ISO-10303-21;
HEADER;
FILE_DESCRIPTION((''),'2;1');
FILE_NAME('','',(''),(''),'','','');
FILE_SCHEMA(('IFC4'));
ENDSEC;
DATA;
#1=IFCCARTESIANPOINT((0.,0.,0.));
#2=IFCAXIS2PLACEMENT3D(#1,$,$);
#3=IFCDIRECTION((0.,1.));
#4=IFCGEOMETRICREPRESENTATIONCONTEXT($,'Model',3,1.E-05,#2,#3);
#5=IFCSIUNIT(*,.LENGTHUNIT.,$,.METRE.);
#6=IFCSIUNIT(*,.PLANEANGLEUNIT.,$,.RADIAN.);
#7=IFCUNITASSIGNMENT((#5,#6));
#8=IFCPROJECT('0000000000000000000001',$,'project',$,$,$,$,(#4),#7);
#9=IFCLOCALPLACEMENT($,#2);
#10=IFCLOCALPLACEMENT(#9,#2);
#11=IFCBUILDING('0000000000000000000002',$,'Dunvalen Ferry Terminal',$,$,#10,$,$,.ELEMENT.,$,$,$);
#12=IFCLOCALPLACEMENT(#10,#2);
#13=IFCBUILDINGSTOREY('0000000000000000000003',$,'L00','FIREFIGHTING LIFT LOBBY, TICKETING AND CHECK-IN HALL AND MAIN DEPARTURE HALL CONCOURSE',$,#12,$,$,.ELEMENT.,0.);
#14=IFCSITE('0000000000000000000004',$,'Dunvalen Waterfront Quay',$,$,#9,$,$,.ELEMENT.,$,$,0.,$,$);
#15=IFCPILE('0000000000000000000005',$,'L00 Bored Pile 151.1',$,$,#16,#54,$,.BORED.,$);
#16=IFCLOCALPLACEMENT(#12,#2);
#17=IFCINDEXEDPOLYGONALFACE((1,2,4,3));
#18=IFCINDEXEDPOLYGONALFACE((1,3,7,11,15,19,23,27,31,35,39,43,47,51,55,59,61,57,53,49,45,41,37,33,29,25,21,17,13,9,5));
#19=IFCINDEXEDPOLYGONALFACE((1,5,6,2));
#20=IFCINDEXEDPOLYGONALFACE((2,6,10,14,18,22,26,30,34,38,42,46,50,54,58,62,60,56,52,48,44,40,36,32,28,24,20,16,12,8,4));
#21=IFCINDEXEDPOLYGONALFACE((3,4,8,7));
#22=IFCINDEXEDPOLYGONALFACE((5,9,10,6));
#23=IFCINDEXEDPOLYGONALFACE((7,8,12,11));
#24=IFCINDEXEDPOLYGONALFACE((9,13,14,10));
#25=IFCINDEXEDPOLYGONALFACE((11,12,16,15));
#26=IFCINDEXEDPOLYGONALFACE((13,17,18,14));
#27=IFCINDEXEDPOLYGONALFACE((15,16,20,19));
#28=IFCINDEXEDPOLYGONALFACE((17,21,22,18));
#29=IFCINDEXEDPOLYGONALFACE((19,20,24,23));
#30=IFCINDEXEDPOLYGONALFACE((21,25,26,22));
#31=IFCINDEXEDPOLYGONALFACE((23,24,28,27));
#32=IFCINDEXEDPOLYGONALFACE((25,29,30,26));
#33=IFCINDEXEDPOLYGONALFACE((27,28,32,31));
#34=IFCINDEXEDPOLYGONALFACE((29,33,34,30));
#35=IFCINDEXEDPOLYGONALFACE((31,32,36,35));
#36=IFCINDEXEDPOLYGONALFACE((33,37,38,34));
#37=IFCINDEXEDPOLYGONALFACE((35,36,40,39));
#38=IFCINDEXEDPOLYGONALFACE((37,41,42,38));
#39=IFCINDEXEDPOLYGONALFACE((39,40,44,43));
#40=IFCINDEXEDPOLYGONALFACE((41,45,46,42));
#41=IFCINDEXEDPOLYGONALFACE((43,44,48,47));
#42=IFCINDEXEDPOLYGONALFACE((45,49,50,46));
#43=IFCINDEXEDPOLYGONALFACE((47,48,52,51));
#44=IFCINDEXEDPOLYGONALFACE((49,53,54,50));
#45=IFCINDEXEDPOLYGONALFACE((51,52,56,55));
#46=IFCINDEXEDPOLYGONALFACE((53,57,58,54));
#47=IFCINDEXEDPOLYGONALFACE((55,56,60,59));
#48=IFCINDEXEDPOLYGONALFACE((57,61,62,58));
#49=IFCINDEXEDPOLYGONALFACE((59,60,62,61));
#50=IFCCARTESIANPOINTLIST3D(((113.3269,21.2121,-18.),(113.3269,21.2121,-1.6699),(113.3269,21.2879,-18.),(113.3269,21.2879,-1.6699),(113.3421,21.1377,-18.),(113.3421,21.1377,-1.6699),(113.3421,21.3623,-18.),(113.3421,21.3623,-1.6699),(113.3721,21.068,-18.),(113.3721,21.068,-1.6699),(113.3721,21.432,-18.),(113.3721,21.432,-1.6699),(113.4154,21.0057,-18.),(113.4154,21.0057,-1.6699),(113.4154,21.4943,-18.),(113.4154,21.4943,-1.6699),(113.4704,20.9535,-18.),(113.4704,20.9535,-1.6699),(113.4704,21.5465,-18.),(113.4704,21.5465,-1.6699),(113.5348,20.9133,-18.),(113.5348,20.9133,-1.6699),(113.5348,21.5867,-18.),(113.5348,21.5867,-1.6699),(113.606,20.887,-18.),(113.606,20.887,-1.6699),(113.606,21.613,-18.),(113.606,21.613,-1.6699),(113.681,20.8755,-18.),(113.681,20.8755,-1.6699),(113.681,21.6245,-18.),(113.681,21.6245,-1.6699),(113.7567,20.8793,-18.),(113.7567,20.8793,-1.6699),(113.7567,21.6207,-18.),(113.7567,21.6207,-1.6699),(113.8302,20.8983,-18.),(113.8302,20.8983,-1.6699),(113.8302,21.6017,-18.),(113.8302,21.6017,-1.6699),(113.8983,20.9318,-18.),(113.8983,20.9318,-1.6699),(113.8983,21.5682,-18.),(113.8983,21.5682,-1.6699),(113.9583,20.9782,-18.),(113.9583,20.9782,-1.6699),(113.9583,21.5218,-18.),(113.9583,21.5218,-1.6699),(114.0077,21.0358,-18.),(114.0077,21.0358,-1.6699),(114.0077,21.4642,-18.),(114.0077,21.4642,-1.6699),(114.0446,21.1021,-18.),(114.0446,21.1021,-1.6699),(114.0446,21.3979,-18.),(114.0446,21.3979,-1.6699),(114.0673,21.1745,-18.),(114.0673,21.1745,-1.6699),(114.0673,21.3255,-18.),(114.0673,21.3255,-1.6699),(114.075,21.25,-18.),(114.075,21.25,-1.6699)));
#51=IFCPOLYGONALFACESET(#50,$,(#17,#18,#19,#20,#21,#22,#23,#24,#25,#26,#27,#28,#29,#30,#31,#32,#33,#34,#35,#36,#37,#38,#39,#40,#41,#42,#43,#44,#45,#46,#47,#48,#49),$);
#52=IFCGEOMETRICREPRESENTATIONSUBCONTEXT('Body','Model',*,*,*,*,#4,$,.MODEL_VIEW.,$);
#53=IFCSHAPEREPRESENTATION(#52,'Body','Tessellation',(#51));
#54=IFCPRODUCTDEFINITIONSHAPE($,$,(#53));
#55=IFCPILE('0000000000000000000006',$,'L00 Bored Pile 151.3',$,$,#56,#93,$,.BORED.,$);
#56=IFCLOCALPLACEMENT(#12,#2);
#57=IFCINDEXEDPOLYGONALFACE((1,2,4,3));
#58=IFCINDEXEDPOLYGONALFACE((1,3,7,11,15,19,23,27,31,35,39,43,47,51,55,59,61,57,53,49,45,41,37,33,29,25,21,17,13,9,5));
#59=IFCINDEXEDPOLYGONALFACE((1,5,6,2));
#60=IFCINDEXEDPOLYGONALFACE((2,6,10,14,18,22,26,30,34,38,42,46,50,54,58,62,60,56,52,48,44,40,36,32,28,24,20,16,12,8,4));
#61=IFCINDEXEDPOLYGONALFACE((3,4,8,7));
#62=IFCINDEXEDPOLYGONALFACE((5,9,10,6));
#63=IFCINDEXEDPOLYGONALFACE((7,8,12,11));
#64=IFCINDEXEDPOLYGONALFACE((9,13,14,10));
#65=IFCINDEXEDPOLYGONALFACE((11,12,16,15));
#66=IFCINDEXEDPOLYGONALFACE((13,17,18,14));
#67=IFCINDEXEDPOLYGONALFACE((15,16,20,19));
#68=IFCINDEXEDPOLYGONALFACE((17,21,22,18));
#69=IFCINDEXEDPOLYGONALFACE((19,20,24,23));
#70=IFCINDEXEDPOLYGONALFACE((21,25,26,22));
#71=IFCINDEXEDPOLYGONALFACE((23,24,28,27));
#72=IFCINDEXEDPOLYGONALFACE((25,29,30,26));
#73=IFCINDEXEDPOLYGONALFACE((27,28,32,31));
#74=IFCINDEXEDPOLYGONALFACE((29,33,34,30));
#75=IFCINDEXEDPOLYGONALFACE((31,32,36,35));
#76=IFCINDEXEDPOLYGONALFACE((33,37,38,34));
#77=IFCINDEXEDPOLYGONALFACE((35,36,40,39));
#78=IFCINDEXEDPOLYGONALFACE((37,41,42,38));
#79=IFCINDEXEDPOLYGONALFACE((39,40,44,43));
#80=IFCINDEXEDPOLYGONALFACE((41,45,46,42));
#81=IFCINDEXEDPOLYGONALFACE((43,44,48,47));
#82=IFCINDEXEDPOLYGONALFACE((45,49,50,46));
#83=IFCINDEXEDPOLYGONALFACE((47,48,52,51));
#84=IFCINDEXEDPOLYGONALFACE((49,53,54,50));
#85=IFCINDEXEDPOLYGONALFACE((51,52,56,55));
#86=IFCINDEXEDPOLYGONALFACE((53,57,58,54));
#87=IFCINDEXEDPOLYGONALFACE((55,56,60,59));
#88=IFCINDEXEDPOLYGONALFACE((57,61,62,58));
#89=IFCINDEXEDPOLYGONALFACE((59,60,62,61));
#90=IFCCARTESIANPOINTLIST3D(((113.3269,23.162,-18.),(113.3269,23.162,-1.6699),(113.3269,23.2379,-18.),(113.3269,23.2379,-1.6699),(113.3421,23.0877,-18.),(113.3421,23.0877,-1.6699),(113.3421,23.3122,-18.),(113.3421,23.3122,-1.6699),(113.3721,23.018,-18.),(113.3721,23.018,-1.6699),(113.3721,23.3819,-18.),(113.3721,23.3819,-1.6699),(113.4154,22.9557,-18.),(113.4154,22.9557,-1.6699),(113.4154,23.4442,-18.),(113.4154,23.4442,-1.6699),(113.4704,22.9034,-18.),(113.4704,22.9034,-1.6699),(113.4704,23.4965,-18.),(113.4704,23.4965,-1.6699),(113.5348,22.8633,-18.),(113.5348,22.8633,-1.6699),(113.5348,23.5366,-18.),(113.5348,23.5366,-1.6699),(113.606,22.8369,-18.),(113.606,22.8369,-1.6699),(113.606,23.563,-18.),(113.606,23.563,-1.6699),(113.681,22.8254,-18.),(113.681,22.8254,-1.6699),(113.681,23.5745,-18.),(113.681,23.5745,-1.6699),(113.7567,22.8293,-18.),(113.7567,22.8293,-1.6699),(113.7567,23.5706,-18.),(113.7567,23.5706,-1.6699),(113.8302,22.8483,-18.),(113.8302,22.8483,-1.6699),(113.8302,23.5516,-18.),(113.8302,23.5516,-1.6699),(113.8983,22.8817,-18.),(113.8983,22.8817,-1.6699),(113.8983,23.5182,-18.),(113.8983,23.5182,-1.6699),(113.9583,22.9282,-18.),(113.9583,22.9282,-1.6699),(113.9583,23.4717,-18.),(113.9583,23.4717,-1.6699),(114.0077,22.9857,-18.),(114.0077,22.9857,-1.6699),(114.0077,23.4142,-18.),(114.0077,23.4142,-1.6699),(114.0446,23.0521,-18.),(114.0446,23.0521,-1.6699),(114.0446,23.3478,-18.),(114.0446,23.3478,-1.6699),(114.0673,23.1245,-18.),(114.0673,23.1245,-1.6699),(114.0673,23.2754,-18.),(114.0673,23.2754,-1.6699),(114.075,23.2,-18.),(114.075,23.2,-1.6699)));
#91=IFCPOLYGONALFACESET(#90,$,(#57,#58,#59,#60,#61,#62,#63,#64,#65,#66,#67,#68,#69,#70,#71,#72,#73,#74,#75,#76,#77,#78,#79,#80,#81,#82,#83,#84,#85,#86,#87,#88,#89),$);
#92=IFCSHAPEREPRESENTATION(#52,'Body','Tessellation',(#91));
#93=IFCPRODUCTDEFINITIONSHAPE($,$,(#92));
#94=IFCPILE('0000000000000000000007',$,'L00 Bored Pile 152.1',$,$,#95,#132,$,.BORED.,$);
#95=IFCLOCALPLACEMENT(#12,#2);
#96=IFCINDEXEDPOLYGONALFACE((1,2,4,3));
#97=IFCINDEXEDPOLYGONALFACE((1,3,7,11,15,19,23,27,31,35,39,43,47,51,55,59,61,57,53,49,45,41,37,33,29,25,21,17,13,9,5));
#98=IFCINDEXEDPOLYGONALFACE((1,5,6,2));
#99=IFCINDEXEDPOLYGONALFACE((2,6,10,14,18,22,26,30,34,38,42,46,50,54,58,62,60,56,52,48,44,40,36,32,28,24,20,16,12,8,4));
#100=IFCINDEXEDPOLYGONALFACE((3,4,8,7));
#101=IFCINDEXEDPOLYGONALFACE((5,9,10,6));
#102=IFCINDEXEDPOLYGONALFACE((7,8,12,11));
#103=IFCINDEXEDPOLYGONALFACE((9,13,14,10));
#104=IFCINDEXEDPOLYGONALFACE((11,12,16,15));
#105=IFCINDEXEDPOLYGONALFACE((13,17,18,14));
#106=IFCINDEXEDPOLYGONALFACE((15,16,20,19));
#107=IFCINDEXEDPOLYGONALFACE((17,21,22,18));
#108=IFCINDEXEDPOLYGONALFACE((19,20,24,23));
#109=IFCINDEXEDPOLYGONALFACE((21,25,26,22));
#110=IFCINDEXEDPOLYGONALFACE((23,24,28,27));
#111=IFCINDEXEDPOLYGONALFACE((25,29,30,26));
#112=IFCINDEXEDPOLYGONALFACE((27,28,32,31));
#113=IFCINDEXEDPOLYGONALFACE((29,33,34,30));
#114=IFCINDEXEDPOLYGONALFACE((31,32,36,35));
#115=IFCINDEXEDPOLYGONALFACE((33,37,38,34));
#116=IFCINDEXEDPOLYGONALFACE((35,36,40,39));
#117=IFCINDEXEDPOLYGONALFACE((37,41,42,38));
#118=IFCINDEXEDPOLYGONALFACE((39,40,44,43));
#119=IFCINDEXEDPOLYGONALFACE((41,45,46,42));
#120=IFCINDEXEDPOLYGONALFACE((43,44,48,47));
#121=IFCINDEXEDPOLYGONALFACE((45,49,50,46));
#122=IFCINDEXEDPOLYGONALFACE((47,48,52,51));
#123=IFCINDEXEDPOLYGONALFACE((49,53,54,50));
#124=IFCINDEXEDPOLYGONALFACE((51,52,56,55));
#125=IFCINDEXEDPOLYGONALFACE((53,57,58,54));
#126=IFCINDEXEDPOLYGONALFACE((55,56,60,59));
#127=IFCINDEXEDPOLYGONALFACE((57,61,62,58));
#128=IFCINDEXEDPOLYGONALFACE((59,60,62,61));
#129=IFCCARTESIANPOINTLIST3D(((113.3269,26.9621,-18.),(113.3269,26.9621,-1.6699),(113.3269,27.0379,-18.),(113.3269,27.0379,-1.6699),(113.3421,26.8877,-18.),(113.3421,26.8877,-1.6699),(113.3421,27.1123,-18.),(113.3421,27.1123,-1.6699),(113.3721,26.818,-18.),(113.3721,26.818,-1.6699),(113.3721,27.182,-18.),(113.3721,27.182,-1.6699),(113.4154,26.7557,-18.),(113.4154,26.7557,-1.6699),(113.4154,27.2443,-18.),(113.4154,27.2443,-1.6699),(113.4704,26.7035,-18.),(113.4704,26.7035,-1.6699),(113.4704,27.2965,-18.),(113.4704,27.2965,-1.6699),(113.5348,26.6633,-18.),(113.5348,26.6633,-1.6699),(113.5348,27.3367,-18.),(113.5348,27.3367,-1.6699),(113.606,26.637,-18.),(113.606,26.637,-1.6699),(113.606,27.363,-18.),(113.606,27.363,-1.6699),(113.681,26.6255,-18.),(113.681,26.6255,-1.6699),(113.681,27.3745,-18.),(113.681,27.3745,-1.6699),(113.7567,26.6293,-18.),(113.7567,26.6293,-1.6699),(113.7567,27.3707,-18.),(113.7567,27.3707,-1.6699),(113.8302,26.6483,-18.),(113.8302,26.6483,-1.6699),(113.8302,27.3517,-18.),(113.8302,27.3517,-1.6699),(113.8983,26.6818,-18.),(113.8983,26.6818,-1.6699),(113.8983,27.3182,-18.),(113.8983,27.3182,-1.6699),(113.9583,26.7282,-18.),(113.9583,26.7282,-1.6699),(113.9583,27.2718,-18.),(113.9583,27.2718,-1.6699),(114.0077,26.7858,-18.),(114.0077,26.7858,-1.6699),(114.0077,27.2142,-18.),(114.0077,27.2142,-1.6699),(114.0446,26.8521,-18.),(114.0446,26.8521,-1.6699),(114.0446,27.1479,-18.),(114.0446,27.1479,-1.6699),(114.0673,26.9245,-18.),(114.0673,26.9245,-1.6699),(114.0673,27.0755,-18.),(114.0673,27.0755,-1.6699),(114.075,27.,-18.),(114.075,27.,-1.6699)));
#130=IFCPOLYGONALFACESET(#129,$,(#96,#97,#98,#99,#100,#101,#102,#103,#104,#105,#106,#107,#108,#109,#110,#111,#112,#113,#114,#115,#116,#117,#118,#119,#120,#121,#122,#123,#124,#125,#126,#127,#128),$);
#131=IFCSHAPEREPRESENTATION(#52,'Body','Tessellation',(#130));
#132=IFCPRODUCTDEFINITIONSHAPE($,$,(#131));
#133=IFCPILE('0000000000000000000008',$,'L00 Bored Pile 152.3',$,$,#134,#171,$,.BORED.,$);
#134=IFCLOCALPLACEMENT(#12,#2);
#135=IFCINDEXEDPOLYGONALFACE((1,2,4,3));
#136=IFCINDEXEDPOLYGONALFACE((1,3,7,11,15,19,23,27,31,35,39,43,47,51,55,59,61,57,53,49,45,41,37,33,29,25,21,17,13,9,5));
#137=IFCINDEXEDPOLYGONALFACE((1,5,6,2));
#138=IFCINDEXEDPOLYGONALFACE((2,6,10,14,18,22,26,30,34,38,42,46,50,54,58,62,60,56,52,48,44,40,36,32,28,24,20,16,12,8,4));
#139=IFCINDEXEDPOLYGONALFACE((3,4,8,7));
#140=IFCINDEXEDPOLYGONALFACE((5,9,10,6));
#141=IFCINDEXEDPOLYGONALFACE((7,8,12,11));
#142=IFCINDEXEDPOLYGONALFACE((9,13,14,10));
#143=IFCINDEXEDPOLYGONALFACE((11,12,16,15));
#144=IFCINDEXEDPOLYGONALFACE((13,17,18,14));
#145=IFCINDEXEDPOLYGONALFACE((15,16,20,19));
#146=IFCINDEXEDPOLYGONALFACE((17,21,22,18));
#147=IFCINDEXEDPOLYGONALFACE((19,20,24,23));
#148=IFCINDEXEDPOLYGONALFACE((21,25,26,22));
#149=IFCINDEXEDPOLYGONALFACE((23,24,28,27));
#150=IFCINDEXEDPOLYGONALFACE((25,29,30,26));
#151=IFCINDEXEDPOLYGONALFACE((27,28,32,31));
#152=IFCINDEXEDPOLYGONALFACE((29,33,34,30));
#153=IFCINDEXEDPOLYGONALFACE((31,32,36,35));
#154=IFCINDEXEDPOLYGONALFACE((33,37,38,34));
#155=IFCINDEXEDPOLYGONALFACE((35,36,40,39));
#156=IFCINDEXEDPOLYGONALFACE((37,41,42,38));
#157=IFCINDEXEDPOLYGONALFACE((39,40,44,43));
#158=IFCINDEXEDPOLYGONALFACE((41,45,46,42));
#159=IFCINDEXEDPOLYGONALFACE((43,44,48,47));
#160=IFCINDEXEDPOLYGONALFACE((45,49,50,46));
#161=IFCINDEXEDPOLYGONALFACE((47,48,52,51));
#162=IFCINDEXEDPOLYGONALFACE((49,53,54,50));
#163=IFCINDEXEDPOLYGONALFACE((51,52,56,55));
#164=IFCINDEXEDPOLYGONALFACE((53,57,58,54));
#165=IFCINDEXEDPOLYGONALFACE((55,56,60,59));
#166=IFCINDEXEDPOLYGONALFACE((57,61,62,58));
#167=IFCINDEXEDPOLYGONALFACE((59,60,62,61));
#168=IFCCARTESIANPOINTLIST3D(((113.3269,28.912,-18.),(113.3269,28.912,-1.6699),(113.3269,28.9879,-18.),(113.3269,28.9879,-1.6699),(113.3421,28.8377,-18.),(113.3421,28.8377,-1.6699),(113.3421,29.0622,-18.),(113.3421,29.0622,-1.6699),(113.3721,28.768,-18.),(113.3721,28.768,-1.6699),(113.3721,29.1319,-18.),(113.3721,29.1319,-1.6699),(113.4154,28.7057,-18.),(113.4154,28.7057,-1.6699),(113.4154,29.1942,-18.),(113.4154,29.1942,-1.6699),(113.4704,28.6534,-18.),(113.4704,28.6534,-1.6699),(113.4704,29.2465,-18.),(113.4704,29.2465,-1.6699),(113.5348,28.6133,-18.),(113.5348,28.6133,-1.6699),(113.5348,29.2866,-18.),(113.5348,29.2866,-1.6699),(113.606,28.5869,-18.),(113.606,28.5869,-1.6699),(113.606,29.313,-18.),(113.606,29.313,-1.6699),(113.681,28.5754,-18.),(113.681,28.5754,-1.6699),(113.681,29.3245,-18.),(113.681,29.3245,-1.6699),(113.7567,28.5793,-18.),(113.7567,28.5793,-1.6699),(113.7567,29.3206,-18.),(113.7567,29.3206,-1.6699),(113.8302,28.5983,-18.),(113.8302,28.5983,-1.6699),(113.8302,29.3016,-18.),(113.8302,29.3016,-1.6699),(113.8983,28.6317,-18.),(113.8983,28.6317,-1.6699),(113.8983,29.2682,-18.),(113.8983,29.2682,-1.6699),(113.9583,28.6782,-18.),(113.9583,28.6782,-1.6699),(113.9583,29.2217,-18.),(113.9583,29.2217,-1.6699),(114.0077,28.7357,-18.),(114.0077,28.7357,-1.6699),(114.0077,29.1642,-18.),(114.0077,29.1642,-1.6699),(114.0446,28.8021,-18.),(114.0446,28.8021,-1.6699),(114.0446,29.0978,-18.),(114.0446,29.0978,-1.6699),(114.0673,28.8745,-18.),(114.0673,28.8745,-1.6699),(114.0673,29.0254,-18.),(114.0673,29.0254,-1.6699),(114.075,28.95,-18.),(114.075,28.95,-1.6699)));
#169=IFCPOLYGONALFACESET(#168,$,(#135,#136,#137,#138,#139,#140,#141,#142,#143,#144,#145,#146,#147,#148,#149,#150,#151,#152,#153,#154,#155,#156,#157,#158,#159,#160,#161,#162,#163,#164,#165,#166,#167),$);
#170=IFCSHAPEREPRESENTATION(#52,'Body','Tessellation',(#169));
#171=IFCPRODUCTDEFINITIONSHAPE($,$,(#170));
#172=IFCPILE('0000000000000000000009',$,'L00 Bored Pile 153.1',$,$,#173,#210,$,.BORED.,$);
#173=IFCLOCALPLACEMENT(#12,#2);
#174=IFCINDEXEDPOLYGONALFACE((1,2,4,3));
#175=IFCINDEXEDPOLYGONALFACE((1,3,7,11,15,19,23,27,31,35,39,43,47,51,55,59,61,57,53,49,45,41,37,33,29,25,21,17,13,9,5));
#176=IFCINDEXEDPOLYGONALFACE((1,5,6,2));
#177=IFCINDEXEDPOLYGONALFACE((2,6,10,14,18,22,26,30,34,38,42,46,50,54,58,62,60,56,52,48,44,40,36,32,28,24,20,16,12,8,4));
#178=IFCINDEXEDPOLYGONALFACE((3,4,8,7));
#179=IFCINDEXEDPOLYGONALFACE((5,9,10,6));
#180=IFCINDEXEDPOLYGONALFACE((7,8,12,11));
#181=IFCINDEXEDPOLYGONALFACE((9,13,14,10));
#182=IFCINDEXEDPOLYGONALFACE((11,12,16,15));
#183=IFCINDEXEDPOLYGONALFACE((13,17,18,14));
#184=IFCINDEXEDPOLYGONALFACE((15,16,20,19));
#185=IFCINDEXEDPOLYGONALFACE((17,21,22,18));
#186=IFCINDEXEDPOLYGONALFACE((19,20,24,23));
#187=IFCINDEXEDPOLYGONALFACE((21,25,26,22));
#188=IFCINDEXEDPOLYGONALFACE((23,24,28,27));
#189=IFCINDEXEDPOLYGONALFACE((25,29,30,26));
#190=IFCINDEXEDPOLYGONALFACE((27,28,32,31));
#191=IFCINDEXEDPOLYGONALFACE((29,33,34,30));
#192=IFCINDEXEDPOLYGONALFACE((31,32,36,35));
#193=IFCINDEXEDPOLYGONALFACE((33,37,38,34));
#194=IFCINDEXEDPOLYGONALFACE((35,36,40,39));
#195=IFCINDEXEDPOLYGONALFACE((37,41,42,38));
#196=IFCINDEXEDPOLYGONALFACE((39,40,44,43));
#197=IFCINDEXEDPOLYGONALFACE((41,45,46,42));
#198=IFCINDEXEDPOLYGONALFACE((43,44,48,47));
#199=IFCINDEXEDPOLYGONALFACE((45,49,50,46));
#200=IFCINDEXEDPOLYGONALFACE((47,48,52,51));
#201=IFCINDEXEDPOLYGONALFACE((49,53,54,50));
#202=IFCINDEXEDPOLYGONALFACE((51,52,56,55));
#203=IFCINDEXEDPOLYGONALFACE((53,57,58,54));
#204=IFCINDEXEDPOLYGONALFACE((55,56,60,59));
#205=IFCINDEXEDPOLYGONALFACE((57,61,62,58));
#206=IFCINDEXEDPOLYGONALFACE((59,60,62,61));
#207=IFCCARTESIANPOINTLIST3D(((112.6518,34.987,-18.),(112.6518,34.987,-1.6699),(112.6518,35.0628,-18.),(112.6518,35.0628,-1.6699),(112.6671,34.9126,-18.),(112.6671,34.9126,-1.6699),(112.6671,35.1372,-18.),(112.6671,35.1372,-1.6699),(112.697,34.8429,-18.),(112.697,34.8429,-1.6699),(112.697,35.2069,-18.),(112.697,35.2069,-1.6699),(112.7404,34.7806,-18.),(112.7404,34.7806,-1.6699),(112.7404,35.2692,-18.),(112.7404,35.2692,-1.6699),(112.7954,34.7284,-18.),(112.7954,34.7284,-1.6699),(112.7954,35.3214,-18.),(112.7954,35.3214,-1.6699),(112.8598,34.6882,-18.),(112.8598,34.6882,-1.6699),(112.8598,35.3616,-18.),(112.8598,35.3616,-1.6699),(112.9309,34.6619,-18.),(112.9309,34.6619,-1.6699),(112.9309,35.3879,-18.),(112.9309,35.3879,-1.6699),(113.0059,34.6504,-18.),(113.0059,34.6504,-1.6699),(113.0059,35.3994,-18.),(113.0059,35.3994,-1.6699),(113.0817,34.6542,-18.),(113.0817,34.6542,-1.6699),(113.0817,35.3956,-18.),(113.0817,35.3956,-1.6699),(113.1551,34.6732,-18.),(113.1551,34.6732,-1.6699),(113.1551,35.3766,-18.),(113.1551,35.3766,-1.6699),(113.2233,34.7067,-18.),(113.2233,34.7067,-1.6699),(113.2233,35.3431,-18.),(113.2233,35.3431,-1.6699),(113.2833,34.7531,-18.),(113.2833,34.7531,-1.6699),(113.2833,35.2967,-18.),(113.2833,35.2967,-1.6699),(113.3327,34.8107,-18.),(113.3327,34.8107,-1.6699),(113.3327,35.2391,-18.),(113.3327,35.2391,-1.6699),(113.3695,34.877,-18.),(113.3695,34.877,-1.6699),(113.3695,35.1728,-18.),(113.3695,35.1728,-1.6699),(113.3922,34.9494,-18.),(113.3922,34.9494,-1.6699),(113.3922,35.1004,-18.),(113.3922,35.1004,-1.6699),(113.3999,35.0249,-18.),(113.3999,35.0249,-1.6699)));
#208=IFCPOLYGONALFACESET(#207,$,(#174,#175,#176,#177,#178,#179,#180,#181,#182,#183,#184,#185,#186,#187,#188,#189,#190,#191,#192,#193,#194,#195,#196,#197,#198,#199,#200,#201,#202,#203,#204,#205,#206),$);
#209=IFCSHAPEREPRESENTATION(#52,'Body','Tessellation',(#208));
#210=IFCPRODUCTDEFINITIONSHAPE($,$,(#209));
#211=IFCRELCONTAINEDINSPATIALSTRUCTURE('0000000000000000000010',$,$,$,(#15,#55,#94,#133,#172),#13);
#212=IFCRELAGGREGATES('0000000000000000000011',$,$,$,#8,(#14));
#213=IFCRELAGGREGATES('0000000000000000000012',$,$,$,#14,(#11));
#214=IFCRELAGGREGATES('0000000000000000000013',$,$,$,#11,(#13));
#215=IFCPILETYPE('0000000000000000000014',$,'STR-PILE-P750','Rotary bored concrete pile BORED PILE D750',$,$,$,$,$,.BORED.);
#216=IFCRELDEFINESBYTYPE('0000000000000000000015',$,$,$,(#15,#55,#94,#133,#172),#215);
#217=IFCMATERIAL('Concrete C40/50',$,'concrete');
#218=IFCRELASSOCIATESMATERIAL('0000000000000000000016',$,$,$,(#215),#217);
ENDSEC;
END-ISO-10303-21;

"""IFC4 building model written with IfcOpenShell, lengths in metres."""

from ifc_helpers import new_model, si_unit, direction, frame, origin, origin_2d, place, context, subcontext, project, spatial, circle, extrude, material, material_profile, profile_set, type_object, element, save


model = new_model("IFC4")

# Units and contexts
model_context = context("Model", 3, precision=1e-05, world=origin(), true_north=direction((0.0, 1.0)))
body_context = subcontext(model_context, "Body", "Model", "MODEL_VIEW")
ifc_project = project(units=[si_unit("LENGTHUNIT", "METRE"), si_unit("PLANEANGLEUNIT", "RADIAN")], contexts=[model_context])

# Site, building, storey
site_placement = place(None, origin())
site = spatial("IfcSite", under=ifc_project, at=site_placement, Name="Dunvalen Waterfront Quay", CompositionType="ELEMENT", RefElevation=0.0)
building_placement = place(site_placement, origin())
building = spatial("IfcBuilding", under=site, at=building_placement, Name="Dunvalen Ferry Terminal", CompositionType="ELEMENT")
storey_placement = place(building_placement, origin())
storey = spatial("IfcBuildingStorey", under=building, at=storey_placement, Name="L00", Description="FIREFIGHTING LIFT LOBBY, TICKETING AND CHECK-IN HALL AND MAIN DEPARTURE HALL CONCOURSE", CompositionType="ELEMENT", Elevation=0.0)

# Shared definitions
ifc_material_1 = material(Name="Concrete C40/50", Category="concrete")

# Piles
ifc_material_profile_1 = material_profile(ifc_material_1, circle(Radius=0.375, at=origin_2d()), Name="Concrete C40/50")
ifc_profile_set_1 = profile_set([ifc_material_profile_1], Name="Concrete C40/50")
pile_type = type_object("IfcPileType", Name="STR-PILE-P750", Description="Rotary bored concrete pile BORED PILE D750", PredefinedType="BORED", material=ifc_profile_set_1)
for number, where, z_axis, x_axis, name in (
    (1, (113.7, 21.25, -1.6699), (0.0, 0.0, -1.0), (1.0, 0.0, 0.0), "L00 Bored Pile 151.1"),
    (2, (113.7, 23.2, -1.6699), (0.0, 0.0, -1.0), (1.0, 0.0, 0.0), "L00 Bored Pile 151.3"),
    (3, (113.7, 27.0, -1.6699), (0.0, 0.0, -1.0), (1.0, 0.0, 0.0), "L00 Bored Pile 152.1"),
    (4, (113.7, 28.95, -1.6699), (0.0, 0.0, -1.0), (1.0, 0.0, 0.0), "L00 Bored Pile 152.3"),
    (5, (113.0249, 35.0249, -1.6699), (0.0, 0.0, -1.0), (1.0, 0.0, 0.0), "L00 Bored Pile 153.1"),
):
    element("IfcPile", number, at=place(storey_placement, frame(where, z_axis=z_axis, x_axis=x_axis)), inside=storey, type_object=pile_type, Name=name, PredefinedType="BORED", context=body_context, shape_type="SweptSolid", body=[
        extrude(circle(Radius=0.375, at=origin_2d()), origin(), (0.0, 0.0, 1.0), 16.3301),
    ])

save(model, "model.ifc")
